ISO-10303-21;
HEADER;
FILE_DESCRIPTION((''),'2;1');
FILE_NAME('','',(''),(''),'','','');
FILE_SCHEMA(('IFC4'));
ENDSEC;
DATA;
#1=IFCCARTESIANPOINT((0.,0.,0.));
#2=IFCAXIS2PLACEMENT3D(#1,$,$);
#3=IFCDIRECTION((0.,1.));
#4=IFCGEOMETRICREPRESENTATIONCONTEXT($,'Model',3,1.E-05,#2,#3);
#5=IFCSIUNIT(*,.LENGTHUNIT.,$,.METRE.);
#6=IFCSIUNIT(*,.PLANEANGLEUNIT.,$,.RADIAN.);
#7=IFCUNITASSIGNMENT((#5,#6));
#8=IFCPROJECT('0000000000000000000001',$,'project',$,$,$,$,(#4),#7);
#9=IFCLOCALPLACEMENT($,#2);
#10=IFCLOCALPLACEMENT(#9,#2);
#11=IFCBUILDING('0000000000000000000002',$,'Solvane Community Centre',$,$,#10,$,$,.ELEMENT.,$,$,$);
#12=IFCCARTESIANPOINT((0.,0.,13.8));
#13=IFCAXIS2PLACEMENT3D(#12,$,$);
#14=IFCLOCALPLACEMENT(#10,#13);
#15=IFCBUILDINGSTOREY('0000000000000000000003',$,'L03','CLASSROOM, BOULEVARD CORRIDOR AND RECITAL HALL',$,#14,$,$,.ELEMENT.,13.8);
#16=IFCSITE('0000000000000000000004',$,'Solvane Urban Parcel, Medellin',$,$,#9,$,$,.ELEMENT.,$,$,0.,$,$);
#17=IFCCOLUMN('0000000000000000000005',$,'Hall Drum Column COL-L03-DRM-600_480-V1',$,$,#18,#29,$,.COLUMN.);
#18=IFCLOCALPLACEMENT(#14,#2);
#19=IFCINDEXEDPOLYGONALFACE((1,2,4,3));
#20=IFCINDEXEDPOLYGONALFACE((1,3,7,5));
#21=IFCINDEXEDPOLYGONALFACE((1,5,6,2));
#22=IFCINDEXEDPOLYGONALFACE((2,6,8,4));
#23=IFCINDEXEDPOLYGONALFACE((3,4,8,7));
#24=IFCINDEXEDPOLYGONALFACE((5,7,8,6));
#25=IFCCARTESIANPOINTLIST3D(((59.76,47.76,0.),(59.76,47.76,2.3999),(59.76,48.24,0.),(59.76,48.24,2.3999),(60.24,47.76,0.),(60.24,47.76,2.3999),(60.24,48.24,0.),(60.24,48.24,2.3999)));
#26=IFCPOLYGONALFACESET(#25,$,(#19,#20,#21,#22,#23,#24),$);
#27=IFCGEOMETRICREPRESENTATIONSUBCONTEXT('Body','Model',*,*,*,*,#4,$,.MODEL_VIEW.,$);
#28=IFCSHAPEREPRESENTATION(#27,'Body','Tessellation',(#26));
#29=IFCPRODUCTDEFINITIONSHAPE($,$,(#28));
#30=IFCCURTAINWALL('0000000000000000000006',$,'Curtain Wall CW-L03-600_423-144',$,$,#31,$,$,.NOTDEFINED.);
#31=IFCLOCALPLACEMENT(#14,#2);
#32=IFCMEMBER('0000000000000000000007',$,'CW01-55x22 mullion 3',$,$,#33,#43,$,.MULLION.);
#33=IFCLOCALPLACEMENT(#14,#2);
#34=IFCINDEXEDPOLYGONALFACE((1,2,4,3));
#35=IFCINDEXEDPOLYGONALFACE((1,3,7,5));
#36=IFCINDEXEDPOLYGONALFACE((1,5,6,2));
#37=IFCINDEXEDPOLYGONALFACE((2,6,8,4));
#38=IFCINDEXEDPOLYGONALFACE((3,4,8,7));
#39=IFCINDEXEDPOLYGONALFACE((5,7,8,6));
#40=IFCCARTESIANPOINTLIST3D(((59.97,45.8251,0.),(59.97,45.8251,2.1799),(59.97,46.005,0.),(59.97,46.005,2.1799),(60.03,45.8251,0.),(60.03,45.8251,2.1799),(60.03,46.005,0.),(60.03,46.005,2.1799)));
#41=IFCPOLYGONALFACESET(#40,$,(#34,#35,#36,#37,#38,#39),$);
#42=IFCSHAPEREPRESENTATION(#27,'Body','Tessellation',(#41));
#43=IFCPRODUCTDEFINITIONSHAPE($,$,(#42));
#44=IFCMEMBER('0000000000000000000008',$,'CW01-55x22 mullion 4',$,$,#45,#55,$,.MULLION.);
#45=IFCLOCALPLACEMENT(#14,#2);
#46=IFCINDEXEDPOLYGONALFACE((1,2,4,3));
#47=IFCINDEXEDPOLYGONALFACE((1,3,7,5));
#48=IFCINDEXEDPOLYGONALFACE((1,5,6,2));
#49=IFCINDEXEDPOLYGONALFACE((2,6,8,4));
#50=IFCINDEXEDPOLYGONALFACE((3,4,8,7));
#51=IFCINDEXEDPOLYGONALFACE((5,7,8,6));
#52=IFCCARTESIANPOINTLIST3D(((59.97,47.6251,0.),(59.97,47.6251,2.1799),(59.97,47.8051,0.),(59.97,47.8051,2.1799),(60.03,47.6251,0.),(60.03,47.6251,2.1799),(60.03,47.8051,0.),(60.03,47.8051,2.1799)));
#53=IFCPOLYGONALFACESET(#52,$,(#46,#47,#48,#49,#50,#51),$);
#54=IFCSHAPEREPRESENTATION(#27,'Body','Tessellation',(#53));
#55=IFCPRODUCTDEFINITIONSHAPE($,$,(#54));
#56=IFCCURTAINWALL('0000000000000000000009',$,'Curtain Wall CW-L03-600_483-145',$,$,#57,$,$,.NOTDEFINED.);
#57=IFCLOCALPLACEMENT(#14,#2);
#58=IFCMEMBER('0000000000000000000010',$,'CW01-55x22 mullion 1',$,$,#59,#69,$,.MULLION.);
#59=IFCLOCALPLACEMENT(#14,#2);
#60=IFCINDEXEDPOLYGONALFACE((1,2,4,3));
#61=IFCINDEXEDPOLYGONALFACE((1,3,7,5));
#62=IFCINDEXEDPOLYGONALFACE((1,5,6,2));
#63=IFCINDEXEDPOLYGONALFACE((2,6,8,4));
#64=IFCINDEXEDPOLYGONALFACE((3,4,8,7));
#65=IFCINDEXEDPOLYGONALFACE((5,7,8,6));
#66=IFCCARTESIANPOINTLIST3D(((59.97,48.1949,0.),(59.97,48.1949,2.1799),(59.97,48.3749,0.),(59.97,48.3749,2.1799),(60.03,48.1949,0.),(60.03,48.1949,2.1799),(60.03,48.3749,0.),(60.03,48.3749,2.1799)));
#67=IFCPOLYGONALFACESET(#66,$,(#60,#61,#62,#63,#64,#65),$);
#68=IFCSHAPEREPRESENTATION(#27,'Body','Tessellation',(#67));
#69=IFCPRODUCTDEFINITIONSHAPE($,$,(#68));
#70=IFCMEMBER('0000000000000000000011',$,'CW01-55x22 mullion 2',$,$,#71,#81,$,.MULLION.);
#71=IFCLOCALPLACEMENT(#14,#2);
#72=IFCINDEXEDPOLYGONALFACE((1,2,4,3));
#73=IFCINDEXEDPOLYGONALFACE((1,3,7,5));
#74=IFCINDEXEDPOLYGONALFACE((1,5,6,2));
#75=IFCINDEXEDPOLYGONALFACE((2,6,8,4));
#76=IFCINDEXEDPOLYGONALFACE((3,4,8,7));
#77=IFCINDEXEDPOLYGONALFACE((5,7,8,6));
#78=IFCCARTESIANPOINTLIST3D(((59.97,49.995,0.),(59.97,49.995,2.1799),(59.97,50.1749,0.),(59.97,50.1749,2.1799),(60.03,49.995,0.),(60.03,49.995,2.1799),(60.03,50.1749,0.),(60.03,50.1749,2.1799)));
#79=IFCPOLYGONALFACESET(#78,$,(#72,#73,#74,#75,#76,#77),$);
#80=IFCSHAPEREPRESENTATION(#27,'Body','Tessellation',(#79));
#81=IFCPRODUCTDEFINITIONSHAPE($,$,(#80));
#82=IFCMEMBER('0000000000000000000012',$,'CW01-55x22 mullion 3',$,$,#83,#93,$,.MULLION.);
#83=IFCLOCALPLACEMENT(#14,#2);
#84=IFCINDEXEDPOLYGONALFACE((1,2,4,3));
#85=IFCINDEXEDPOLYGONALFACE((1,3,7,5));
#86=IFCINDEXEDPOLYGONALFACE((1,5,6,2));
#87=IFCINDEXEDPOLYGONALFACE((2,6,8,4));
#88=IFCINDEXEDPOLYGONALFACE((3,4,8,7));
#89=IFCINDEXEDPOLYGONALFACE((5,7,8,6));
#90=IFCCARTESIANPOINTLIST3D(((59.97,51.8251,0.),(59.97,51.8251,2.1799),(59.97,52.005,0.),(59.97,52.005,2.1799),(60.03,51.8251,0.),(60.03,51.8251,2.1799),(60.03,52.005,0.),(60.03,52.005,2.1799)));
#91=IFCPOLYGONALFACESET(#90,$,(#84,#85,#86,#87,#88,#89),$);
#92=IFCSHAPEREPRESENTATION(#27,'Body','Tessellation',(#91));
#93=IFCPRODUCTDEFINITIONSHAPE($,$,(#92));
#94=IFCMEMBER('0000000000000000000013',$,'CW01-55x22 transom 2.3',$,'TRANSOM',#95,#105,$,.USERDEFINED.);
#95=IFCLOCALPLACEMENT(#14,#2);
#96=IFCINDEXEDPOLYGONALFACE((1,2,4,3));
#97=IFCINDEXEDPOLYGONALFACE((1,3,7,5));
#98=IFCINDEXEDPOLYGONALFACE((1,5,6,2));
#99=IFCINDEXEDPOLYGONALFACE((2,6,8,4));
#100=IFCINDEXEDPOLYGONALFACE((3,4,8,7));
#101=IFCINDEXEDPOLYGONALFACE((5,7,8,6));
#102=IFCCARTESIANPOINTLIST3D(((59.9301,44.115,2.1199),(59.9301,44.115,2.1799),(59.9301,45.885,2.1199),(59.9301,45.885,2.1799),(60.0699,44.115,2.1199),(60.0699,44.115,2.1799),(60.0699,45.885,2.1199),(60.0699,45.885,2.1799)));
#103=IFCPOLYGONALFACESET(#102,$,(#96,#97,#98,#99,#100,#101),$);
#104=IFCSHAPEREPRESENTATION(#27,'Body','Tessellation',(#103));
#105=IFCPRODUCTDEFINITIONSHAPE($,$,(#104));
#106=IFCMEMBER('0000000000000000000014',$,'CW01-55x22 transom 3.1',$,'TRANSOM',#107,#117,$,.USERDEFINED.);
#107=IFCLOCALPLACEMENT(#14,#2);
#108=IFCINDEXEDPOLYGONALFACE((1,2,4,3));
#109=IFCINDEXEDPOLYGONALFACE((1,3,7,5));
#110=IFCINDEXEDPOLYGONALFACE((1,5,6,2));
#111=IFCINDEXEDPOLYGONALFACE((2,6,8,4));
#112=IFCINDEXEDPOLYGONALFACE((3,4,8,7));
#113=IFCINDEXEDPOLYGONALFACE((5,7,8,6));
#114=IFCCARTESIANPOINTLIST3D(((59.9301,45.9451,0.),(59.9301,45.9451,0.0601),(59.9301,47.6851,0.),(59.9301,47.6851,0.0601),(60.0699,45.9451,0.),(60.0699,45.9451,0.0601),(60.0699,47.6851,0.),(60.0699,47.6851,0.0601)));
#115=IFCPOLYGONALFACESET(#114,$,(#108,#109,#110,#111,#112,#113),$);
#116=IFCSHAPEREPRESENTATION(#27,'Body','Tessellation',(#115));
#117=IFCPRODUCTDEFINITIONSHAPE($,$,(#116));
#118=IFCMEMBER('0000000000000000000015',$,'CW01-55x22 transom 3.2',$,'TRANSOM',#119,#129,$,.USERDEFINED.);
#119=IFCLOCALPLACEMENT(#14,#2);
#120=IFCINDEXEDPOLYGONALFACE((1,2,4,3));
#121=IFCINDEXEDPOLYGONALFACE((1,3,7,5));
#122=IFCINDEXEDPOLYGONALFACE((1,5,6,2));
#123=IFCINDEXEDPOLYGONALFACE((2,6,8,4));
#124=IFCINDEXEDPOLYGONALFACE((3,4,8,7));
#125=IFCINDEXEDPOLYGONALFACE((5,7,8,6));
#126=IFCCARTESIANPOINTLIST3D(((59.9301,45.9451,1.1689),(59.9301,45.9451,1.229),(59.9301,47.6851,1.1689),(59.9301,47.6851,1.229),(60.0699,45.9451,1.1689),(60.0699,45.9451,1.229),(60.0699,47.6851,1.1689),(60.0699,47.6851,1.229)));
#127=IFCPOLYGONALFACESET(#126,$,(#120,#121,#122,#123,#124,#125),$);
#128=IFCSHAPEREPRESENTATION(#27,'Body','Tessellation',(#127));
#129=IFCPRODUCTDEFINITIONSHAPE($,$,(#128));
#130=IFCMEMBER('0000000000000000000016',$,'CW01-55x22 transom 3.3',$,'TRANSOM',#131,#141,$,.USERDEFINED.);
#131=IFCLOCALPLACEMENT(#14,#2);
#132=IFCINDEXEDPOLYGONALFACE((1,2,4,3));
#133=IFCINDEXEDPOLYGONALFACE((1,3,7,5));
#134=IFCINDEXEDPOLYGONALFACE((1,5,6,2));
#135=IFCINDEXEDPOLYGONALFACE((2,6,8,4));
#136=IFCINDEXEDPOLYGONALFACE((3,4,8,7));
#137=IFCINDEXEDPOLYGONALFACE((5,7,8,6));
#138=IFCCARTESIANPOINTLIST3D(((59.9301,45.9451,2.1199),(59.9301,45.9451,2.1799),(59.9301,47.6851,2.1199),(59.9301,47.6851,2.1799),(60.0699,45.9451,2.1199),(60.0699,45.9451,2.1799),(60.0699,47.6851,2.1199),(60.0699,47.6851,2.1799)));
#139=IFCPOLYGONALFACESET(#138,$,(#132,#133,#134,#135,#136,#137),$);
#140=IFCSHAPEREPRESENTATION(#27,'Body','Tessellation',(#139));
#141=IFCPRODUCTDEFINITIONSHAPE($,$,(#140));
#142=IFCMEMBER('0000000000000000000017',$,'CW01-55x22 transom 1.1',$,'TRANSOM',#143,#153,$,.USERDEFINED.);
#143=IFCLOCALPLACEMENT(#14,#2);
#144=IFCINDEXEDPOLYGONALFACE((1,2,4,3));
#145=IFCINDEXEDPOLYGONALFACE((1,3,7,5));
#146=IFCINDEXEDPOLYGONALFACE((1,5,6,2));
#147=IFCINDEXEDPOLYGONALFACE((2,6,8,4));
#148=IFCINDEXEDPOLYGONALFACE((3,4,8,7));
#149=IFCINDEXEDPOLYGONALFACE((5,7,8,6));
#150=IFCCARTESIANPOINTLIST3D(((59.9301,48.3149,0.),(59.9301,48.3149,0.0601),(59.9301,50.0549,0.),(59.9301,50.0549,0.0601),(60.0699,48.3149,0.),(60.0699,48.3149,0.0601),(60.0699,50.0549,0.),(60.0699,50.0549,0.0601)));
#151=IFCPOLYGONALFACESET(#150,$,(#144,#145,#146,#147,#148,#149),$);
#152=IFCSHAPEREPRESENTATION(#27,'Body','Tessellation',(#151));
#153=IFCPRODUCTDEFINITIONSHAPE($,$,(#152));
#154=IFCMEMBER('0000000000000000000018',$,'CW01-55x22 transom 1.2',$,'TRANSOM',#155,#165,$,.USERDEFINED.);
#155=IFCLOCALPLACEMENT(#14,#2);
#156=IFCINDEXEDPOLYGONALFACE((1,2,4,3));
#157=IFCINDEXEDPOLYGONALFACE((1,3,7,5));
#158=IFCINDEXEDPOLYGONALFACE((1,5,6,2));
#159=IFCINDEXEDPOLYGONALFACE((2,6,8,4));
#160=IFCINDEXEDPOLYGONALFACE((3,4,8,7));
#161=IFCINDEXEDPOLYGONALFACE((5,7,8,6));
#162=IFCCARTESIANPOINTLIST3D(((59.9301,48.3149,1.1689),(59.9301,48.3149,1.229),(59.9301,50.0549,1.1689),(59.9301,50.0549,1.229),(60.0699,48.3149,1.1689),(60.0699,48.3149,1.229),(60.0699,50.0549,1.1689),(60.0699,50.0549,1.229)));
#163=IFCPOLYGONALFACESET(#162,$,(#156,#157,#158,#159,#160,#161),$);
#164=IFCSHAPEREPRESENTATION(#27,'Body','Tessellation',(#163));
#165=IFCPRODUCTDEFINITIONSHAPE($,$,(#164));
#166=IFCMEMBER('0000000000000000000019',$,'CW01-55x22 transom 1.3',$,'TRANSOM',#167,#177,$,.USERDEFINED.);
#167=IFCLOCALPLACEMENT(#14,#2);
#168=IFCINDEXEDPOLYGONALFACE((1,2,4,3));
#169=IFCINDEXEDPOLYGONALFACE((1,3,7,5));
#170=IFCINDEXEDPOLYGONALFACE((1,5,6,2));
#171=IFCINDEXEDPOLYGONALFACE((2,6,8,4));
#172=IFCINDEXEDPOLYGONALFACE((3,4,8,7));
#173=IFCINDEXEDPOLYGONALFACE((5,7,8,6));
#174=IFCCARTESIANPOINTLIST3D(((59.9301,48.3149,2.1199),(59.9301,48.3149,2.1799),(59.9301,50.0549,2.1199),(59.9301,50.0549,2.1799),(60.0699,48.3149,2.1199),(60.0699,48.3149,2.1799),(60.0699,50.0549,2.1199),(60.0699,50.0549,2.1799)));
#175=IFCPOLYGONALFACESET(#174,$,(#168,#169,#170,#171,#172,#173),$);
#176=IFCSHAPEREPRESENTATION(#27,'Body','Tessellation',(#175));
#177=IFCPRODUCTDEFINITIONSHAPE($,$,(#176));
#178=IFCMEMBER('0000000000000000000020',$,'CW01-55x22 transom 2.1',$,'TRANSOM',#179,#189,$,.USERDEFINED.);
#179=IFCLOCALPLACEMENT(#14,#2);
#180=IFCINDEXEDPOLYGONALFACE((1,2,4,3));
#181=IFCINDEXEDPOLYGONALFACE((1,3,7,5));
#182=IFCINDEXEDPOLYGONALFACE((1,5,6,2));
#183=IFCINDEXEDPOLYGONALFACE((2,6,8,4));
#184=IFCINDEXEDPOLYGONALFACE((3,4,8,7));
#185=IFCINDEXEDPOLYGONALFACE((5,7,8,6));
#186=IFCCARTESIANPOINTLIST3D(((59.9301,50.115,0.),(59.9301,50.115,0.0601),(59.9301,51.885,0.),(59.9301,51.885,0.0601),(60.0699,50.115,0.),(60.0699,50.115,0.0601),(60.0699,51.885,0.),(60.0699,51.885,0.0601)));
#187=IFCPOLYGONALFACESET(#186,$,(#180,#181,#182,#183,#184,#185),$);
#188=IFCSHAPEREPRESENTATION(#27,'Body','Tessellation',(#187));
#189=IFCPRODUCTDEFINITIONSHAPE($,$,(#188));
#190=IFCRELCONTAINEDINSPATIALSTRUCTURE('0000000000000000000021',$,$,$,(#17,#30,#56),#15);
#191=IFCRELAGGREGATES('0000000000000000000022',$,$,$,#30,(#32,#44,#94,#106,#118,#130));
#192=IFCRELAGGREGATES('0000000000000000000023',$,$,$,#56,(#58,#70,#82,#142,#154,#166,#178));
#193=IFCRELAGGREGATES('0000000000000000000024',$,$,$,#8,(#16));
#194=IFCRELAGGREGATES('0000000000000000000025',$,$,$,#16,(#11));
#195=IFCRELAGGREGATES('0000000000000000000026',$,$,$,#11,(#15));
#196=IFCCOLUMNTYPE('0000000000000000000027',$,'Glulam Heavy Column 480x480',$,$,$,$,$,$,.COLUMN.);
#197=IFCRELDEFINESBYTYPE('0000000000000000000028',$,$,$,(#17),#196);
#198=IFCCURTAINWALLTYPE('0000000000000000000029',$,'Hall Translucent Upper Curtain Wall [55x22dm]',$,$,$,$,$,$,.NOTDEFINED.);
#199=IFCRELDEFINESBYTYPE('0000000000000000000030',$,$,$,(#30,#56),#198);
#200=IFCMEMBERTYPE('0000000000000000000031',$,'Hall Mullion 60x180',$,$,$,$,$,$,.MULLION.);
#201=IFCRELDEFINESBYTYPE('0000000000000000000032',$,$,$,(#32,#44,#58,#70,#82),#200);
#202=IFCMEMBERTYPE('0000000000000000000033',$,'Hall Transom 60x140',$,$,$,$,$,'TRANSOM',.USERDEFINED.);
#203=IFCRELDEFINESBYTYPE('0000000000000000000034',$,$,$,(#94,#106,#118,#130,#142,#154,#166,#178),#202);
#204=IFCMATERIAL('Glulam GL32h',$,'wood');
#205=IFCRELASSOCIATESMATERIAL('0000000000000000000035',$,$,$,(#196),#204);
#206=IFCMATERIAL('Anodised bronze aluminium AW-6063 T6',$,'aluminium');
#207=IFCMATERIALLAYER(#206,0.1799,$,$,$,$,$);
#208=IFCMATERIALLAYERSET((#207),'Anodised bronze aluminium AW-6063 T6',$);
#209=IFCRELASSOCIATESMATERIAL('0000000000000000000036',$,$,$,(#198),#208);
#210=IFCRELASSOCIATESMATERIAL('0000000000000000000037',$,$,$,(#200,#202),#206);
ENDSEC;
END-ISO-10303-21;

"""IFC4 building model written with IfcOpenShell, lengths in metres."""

from ifc_helpers import new_model, si_unit, direction, frame, origin, origin_2d, place, context, subcontext, project, spatial, rectangle, extrude, material, layer, layer_set, material_profile, profile_set, type_object, element, aggregate, save


model = new_model("IFC4")

# Units and contexts
model_context = context("Model", 3, precision=1e-05, world=origin(), true_north=direction((0.0, 1.0)))
body_context = subcontext(model_context, "Body", "Model", "MODEL_VIEW")
ifc_project = project(units=[si_unit("LENGTHUNIT", "METRE"), si_unit("PLANEANGLEUNIT", "RADIAN")], contexts=[model_context])

# Site, building, storey
site_placement = place(None, origin())
site = spatial("IfcSite", under=ifc_project, at=site_placement, Name="Solvane Urban Parcel, Medellin", CompositionType="ELEMENT", RefElevation=0.0)
building_placement = place(site_placement, origin())
building = spatial("IfcBuilding", under=site, at=building_placement, Name="Solvane Community Centre", CompositionType="ELEMENT")
storey_placement = place(building_placement, frame((0.0, 0.0, 13.8)))
storey = spatial("IfcBuildingStorey", under=building, at=storey_placement, Name="L03", Description="CLASSROOM, BOULEVARD CORRIDOR AND RECITAL HALL", CompositionType="ELEMENT", Elevation=13.8)

# Column
ifc_material_1 = material(Name="Glulam GL32h", Category="wood")
ifc_material_profile_1 = material_profile(ifc_material_1, rectangle(XDim=0.48, YDim=0.48, at=origin_2d()), Name="GL32h 480x480")
ifc_profile_set_1 = profile_set([ifc_material_profile_1], Name="Glulam GL32h")
column_type = type_object("IfcColumnType", Name="Glulam Heavy Column 480x480", PredefinedType="COLUMN", material=ifc_profile_set_1)
column_placement = place(storey_placement, frame((60.0, 48.0, 0.0), z_axis=(0.0, 0.0, 1.0), x_axis=(1.0, 0.0, 0.0)))
element("IfcColumn", 1, at=column_placement, inside=storey, type_object=column_type, Name="Hall Drum Column COL-L03-DRM-600_480-V1", PredefinedType="COLUMN", context=body_context, shape_type="SweptSolid", body=[
    extrude(rectangle(XDim=0.48, YDim=0.48, at=origin_2d()), origin(), (0.0, 0.0, 1.0), 2.3999),
])

# Curtain walls, members
ifc_material_2 = material(Name="Anodised bronze aluminium AW-6063 T6", Category="aluminium")
ifc_layer_1 = layer(ifc_material_2, 0.1799)
ifc_layer_set_1 = layer_set([ifc_layer_1], Name="Anodised bronze aluminium AW-6063 T6")
curtain_wall_type = type_object("IfcCurtainWallType", Name="Hall Translucent Upper Curtain Wall [55x22dm]", PredefinedType="NOTDEFINED", material=ifc_layer_set_1)
curtain_wall_1_placement = place(storey_placement, origin())
curtain_wall_1 = element("IfcCurtainWall", 2, at=curtain_wall_1_placement, inside=storey, type_object=curtain_wall_type, Name="Curtain Wall CW-L03-600_423-144", PredefinedType="NOTDEFINED")
ifc_material_profile_2 = material_profile(ifc_material_2, rectangle(XDim=0.0601, YDim=0.1799, at=origin_2d()), Name="CW-M 60x180")
ifc_profile_set_2 = profile_set([ifc_material_profile_2], Name="Anodised bronze aluminium AW-6063 T6")
member_type_1 = type_object("IfcMemberType", Name="Hall Mullion 60x180", PredefinedType="MULLION", material=ifc_profile_set_2)
member_1_placement = place(storey_placement, frame((60.0, 45.915, 0.0), z_axis=(0.0, 0.0, 1.0), x_axis=(-1.0, 0.0, 0.0)))
member_1 = element("IfcMember", 3, at=member_1_placement, type_object=member_type_1, Name="CW01-55x22 mullion 3", PredefinedType="MULLION", context=body_context, shape_type="SweptSolid", body=[
    extrude(rectangle(XDim=0.0601, YDim=0.1799, at=origin_2d()), origin(), (0.0, 0.0, 1.0), 2.1799),
])
member_2_placement = place(storey_placement, frame((60.0, 47.7151, 0.0), z_axis=(0.0, 0.0, 1.0), x_axis=(-1.0, 0.0, 0.0)))
member_2 = element("IfcMember", 4, at=member_2_placement, type_object=member_type_1, Name="CW01-55x22 mullion 4", PredefinedType="MULLION", context=body_context, shape_type="SweptSolid", body=[
    extrude(rectangle(XDim=0.0601, YDim=0.1799, at=origin_2d()), origin(), (0.0, 0.0, 1.0), 2.1799),
])
curtain_wall_2_placement = place(storey_placement, origin())
curtain_wall_2 = element("IfcCurtainWall", 5, at=curtain_wall_2_placement, inside=storey, type_object=curtain_wall_type, Name="Curtain Wall CW-L03-600_483-145", PredefinedType="NOTDEFINED")
member_3_placement = place(storey_placement, frame((60.0, 48.2849, 0.0), z_axis=(0.0, 0.0, 1.0), x_axis=(-1.0, 0.0, 0.0)))
member_3 = element("IfcMember", 6, at=member_3_placement, type_object=member_type_1, Name="CW01-55x22 mullion 1", PredefinedType="MULLION", context=body_context, shape_type="SweptSolid", body=[
    extrude(rectangle(XDim=0.0601, YDim=0.1799, at=origin_2d()), origin(), (0.0, 0.0, 1.0), 2.1799),
])
member_4_placement = place(storey_placement, frame((60.0, 50.085, 0.0), z_axis=(0.0, 0.0, 1.0), x_axis=(-1.0, 0.0, 0.0)))
member_4 = element("IfcMember", 7, at=member_4_placement, type_object=member_type_1, Name="CW01-55x22 mullion 2", PredefinedType="MULLION", context=body_context, shape_type="SweptSolid", body=[
    extrude(rectangle(XDim=0.0601, YDim=0.1799, at=origin_2d()), origin(), (0.0, 0.0, 1.0), 2.1799),
])
member_5_placement = place(storey_placement, frame((60.0, 51.915, 0.0), z_axis=(0.0, 0.0, 1.0), x_axis=(-1.0, 0.0, 0.0)))
member_5 = element("IfcMember", 8, at=member_5_placement, type_object=member_type_1, Name="CW01-55x22 mullion 3", PredefinedType="MULLION", context=body_context, shape_type="SweptSolid", body=[
    extrude(rectangle(XDim=0.0601, YDim=0.1799, at=origin_2d()), origin(), (0.0, 0.0, 1.0), 2.1799),
])

# Members
ifc_material_profile_3 = material_profile(ifc_material_2, rectangle(XDim=0.1399, YDim=0.0601, at=origin_2d()), Name="CW-T 60x140")
ifc_profile_set_3 = profile_set([ifc_material_profile_3], Name="Anodised bronze aluminium AW-6063 T6")
member_type_2 = type_object("IfcMemberType", Name="Hall Transom 60x140", ElementType="TRANSOM", PredefinedType="USERDEFINED", material=ifc_profile_set_3)
member_6_placement = place(storey_placement, frame((60.0, 44.115, 2.1499), z_axis=(0.0, 1.0, 0.0), x_axis=(-1.0, 0.0, 0.0)))
member_6 = element("IfcMember", 9, at=member_6_placement, type_object=member_type_2, Name="CW01-55x22 transom 2.3", ObjectType="TRANSOM", PredefinedType="USERDEFINED", context=body_context, shape_type="SweptSolid", body=[
    extrude(rectangle(XDim=0.1399, YDim=0.0601, at=origin_2d()), origin(), (0.0, 0.0, 1.0), 1.77),
])
member_7_placement = place(storey_placement, frame((60.0, 45.9451, 0.03), z_axis=(0.0, 1.0, 0.0), x_axis=(-1.0, 0.0, 0.0)))
member_7 = element("IfcMember", 10, at=member_7_placement, type_object=member_type_2, Name="CW01-55x22 transom 3.1", ObjectType="TRANSOM", PredefinedType="USERDEFINED", context=body_context, shape_type="SweptSolid", body=[
    extrude(rectangle(XDim=0.1399, YDim=0.0601, at=origin_2d()), origin(), (0.0, 0.0, 1.0), 1.74),
])
member_8_placement = place(storey_placement, frame((60.0, 45.9451, 1.199), z_axis=(0.0, 1.0, 0.0), x_axis=(-1.0, 0.0, 0.0)))
member_8 = element("IfcMember", 11, at=member_8_placement, type_object=member_type_2, Name="CW01-55x22 transom 3.2", ObjectType="TRANSOM", PredefinedType="USERDEFINED", context=body_context, shape_type="SweptSolid", body=[
    extrude(rectangle(XDim=0.1399, YDim=0.0601, at=origin_2d()), origin(), (0.0, 0.0, 1.0), 1.74),
])
member_9_placement = place(storey_placement, frame((60.0, 45.9451, 2.1499), z_axis=(0.0, 1.0, 0.0), x_axis=(-1.0, 0.0, 0.0)))
member_9 = element("IfcMember", 12, at=member_9_placement, type_object=member_type_2, Name="CW01-55x22 transom 3.3", ObjectType="TRANSOM", PredefinedType="USERDEFINED", context=body_context, shape_type="SweptSolid", body=[
    extrude(rectangle(XDim=0.1399, YDim=0.0601, at=origin_2d()), origin(), (0.0, 0.0, 1.0), 1.74),
])
member_10_placement = place(storey_placement, frame((60.0, 48.3149, 0.03), z_axis=(0.0, 1.0, 0.0), x_axis=(-1.0, 0.0, 0.0)))
member_10 = element("IfcMember", 13, at=member_10_placement, type_object=member_type_2, Name="CW01-55x22 transom 1.1", ObjectType="TRANSOM", PredefinedType="USERDEFINED", context=body_context, shape_type="SweptSolid", body=[
    extrude(rectangle(XDim=0.1399, YDim=0.0601, at=origin_2d()), origin(), (0.0, 0.0, 1.0), 1.74),
])
member_11_placement = place(storey_placement, frame((60.0, 48.3149, 1.199), z_axis=(0.0, 1.0, 0.0), x_axis=(-1.0, 0.0, 0.0)))
member_11 = element("IfcMember", 14, at=member_11_placement, type_object=member_type_2, Name="CW01-55x22 transom 1.2", ObjectType="TRANSOM", PredefinedType="USERDEFINED", context=body_context, shape_type="SweptSolid", body=[
    extrude(rectangle(XDim=0.1399, YDim=0.0601, at=origin_2d()), origin(), (0.0, 0.0, 1.0), 1.74),
])
member_12_placement = place(storey_placement, frame((60.0, 48.3149, 2.1499), z_axis=(0.0, 1.0, 0.0), x_axis=(-1.0, 0.0, 0.0)))
member_12 = element("IfcMember", 15, at=member_12_placement, type_object=member_type_2, Name="CW01-55x22 transom 1.3", ObjectType="TRANSOM", PredefinedType="USERDEFINED", context=body_context, shape_type="SweptSolid", body=[
    extrude(rectangle(XDim=0.1399, YDim=0.0601, at=origin_2d()), origin(), (0.0, 0.0, 1.0), 1.74),
])
member_13_placement = place(storey_placement, frame((60.0, 50.115, 0.03), z_axis=(0.0, 1.0, 0.0), x_axis=(-1.0, 0.0, 0.0)))
member_13 = element("IfcMember", 16, at=member_13_placement, type_object=member_type_2, Name="CW01-55x22 transom 2.1", ObjectType="TRANSOM", PredefinedType="USERDEFINED", context=body_context, shape_type="SweptSolid", body=[
    extrude(rectangle(XDim=0.1399, YDim=0.0601, at=origin_2d()), origin(), (0.0, 0.0, 1.0), 1.77),
])

aggregate(curtain_wall_1, [member_1, member_2, member_6, member_7, member_8, member_9])
aggregate(curtain_wall_2, [member_3, member_4, member_5, member_10, member_11, member_12, member_13])

save(model, "model.ifc")
